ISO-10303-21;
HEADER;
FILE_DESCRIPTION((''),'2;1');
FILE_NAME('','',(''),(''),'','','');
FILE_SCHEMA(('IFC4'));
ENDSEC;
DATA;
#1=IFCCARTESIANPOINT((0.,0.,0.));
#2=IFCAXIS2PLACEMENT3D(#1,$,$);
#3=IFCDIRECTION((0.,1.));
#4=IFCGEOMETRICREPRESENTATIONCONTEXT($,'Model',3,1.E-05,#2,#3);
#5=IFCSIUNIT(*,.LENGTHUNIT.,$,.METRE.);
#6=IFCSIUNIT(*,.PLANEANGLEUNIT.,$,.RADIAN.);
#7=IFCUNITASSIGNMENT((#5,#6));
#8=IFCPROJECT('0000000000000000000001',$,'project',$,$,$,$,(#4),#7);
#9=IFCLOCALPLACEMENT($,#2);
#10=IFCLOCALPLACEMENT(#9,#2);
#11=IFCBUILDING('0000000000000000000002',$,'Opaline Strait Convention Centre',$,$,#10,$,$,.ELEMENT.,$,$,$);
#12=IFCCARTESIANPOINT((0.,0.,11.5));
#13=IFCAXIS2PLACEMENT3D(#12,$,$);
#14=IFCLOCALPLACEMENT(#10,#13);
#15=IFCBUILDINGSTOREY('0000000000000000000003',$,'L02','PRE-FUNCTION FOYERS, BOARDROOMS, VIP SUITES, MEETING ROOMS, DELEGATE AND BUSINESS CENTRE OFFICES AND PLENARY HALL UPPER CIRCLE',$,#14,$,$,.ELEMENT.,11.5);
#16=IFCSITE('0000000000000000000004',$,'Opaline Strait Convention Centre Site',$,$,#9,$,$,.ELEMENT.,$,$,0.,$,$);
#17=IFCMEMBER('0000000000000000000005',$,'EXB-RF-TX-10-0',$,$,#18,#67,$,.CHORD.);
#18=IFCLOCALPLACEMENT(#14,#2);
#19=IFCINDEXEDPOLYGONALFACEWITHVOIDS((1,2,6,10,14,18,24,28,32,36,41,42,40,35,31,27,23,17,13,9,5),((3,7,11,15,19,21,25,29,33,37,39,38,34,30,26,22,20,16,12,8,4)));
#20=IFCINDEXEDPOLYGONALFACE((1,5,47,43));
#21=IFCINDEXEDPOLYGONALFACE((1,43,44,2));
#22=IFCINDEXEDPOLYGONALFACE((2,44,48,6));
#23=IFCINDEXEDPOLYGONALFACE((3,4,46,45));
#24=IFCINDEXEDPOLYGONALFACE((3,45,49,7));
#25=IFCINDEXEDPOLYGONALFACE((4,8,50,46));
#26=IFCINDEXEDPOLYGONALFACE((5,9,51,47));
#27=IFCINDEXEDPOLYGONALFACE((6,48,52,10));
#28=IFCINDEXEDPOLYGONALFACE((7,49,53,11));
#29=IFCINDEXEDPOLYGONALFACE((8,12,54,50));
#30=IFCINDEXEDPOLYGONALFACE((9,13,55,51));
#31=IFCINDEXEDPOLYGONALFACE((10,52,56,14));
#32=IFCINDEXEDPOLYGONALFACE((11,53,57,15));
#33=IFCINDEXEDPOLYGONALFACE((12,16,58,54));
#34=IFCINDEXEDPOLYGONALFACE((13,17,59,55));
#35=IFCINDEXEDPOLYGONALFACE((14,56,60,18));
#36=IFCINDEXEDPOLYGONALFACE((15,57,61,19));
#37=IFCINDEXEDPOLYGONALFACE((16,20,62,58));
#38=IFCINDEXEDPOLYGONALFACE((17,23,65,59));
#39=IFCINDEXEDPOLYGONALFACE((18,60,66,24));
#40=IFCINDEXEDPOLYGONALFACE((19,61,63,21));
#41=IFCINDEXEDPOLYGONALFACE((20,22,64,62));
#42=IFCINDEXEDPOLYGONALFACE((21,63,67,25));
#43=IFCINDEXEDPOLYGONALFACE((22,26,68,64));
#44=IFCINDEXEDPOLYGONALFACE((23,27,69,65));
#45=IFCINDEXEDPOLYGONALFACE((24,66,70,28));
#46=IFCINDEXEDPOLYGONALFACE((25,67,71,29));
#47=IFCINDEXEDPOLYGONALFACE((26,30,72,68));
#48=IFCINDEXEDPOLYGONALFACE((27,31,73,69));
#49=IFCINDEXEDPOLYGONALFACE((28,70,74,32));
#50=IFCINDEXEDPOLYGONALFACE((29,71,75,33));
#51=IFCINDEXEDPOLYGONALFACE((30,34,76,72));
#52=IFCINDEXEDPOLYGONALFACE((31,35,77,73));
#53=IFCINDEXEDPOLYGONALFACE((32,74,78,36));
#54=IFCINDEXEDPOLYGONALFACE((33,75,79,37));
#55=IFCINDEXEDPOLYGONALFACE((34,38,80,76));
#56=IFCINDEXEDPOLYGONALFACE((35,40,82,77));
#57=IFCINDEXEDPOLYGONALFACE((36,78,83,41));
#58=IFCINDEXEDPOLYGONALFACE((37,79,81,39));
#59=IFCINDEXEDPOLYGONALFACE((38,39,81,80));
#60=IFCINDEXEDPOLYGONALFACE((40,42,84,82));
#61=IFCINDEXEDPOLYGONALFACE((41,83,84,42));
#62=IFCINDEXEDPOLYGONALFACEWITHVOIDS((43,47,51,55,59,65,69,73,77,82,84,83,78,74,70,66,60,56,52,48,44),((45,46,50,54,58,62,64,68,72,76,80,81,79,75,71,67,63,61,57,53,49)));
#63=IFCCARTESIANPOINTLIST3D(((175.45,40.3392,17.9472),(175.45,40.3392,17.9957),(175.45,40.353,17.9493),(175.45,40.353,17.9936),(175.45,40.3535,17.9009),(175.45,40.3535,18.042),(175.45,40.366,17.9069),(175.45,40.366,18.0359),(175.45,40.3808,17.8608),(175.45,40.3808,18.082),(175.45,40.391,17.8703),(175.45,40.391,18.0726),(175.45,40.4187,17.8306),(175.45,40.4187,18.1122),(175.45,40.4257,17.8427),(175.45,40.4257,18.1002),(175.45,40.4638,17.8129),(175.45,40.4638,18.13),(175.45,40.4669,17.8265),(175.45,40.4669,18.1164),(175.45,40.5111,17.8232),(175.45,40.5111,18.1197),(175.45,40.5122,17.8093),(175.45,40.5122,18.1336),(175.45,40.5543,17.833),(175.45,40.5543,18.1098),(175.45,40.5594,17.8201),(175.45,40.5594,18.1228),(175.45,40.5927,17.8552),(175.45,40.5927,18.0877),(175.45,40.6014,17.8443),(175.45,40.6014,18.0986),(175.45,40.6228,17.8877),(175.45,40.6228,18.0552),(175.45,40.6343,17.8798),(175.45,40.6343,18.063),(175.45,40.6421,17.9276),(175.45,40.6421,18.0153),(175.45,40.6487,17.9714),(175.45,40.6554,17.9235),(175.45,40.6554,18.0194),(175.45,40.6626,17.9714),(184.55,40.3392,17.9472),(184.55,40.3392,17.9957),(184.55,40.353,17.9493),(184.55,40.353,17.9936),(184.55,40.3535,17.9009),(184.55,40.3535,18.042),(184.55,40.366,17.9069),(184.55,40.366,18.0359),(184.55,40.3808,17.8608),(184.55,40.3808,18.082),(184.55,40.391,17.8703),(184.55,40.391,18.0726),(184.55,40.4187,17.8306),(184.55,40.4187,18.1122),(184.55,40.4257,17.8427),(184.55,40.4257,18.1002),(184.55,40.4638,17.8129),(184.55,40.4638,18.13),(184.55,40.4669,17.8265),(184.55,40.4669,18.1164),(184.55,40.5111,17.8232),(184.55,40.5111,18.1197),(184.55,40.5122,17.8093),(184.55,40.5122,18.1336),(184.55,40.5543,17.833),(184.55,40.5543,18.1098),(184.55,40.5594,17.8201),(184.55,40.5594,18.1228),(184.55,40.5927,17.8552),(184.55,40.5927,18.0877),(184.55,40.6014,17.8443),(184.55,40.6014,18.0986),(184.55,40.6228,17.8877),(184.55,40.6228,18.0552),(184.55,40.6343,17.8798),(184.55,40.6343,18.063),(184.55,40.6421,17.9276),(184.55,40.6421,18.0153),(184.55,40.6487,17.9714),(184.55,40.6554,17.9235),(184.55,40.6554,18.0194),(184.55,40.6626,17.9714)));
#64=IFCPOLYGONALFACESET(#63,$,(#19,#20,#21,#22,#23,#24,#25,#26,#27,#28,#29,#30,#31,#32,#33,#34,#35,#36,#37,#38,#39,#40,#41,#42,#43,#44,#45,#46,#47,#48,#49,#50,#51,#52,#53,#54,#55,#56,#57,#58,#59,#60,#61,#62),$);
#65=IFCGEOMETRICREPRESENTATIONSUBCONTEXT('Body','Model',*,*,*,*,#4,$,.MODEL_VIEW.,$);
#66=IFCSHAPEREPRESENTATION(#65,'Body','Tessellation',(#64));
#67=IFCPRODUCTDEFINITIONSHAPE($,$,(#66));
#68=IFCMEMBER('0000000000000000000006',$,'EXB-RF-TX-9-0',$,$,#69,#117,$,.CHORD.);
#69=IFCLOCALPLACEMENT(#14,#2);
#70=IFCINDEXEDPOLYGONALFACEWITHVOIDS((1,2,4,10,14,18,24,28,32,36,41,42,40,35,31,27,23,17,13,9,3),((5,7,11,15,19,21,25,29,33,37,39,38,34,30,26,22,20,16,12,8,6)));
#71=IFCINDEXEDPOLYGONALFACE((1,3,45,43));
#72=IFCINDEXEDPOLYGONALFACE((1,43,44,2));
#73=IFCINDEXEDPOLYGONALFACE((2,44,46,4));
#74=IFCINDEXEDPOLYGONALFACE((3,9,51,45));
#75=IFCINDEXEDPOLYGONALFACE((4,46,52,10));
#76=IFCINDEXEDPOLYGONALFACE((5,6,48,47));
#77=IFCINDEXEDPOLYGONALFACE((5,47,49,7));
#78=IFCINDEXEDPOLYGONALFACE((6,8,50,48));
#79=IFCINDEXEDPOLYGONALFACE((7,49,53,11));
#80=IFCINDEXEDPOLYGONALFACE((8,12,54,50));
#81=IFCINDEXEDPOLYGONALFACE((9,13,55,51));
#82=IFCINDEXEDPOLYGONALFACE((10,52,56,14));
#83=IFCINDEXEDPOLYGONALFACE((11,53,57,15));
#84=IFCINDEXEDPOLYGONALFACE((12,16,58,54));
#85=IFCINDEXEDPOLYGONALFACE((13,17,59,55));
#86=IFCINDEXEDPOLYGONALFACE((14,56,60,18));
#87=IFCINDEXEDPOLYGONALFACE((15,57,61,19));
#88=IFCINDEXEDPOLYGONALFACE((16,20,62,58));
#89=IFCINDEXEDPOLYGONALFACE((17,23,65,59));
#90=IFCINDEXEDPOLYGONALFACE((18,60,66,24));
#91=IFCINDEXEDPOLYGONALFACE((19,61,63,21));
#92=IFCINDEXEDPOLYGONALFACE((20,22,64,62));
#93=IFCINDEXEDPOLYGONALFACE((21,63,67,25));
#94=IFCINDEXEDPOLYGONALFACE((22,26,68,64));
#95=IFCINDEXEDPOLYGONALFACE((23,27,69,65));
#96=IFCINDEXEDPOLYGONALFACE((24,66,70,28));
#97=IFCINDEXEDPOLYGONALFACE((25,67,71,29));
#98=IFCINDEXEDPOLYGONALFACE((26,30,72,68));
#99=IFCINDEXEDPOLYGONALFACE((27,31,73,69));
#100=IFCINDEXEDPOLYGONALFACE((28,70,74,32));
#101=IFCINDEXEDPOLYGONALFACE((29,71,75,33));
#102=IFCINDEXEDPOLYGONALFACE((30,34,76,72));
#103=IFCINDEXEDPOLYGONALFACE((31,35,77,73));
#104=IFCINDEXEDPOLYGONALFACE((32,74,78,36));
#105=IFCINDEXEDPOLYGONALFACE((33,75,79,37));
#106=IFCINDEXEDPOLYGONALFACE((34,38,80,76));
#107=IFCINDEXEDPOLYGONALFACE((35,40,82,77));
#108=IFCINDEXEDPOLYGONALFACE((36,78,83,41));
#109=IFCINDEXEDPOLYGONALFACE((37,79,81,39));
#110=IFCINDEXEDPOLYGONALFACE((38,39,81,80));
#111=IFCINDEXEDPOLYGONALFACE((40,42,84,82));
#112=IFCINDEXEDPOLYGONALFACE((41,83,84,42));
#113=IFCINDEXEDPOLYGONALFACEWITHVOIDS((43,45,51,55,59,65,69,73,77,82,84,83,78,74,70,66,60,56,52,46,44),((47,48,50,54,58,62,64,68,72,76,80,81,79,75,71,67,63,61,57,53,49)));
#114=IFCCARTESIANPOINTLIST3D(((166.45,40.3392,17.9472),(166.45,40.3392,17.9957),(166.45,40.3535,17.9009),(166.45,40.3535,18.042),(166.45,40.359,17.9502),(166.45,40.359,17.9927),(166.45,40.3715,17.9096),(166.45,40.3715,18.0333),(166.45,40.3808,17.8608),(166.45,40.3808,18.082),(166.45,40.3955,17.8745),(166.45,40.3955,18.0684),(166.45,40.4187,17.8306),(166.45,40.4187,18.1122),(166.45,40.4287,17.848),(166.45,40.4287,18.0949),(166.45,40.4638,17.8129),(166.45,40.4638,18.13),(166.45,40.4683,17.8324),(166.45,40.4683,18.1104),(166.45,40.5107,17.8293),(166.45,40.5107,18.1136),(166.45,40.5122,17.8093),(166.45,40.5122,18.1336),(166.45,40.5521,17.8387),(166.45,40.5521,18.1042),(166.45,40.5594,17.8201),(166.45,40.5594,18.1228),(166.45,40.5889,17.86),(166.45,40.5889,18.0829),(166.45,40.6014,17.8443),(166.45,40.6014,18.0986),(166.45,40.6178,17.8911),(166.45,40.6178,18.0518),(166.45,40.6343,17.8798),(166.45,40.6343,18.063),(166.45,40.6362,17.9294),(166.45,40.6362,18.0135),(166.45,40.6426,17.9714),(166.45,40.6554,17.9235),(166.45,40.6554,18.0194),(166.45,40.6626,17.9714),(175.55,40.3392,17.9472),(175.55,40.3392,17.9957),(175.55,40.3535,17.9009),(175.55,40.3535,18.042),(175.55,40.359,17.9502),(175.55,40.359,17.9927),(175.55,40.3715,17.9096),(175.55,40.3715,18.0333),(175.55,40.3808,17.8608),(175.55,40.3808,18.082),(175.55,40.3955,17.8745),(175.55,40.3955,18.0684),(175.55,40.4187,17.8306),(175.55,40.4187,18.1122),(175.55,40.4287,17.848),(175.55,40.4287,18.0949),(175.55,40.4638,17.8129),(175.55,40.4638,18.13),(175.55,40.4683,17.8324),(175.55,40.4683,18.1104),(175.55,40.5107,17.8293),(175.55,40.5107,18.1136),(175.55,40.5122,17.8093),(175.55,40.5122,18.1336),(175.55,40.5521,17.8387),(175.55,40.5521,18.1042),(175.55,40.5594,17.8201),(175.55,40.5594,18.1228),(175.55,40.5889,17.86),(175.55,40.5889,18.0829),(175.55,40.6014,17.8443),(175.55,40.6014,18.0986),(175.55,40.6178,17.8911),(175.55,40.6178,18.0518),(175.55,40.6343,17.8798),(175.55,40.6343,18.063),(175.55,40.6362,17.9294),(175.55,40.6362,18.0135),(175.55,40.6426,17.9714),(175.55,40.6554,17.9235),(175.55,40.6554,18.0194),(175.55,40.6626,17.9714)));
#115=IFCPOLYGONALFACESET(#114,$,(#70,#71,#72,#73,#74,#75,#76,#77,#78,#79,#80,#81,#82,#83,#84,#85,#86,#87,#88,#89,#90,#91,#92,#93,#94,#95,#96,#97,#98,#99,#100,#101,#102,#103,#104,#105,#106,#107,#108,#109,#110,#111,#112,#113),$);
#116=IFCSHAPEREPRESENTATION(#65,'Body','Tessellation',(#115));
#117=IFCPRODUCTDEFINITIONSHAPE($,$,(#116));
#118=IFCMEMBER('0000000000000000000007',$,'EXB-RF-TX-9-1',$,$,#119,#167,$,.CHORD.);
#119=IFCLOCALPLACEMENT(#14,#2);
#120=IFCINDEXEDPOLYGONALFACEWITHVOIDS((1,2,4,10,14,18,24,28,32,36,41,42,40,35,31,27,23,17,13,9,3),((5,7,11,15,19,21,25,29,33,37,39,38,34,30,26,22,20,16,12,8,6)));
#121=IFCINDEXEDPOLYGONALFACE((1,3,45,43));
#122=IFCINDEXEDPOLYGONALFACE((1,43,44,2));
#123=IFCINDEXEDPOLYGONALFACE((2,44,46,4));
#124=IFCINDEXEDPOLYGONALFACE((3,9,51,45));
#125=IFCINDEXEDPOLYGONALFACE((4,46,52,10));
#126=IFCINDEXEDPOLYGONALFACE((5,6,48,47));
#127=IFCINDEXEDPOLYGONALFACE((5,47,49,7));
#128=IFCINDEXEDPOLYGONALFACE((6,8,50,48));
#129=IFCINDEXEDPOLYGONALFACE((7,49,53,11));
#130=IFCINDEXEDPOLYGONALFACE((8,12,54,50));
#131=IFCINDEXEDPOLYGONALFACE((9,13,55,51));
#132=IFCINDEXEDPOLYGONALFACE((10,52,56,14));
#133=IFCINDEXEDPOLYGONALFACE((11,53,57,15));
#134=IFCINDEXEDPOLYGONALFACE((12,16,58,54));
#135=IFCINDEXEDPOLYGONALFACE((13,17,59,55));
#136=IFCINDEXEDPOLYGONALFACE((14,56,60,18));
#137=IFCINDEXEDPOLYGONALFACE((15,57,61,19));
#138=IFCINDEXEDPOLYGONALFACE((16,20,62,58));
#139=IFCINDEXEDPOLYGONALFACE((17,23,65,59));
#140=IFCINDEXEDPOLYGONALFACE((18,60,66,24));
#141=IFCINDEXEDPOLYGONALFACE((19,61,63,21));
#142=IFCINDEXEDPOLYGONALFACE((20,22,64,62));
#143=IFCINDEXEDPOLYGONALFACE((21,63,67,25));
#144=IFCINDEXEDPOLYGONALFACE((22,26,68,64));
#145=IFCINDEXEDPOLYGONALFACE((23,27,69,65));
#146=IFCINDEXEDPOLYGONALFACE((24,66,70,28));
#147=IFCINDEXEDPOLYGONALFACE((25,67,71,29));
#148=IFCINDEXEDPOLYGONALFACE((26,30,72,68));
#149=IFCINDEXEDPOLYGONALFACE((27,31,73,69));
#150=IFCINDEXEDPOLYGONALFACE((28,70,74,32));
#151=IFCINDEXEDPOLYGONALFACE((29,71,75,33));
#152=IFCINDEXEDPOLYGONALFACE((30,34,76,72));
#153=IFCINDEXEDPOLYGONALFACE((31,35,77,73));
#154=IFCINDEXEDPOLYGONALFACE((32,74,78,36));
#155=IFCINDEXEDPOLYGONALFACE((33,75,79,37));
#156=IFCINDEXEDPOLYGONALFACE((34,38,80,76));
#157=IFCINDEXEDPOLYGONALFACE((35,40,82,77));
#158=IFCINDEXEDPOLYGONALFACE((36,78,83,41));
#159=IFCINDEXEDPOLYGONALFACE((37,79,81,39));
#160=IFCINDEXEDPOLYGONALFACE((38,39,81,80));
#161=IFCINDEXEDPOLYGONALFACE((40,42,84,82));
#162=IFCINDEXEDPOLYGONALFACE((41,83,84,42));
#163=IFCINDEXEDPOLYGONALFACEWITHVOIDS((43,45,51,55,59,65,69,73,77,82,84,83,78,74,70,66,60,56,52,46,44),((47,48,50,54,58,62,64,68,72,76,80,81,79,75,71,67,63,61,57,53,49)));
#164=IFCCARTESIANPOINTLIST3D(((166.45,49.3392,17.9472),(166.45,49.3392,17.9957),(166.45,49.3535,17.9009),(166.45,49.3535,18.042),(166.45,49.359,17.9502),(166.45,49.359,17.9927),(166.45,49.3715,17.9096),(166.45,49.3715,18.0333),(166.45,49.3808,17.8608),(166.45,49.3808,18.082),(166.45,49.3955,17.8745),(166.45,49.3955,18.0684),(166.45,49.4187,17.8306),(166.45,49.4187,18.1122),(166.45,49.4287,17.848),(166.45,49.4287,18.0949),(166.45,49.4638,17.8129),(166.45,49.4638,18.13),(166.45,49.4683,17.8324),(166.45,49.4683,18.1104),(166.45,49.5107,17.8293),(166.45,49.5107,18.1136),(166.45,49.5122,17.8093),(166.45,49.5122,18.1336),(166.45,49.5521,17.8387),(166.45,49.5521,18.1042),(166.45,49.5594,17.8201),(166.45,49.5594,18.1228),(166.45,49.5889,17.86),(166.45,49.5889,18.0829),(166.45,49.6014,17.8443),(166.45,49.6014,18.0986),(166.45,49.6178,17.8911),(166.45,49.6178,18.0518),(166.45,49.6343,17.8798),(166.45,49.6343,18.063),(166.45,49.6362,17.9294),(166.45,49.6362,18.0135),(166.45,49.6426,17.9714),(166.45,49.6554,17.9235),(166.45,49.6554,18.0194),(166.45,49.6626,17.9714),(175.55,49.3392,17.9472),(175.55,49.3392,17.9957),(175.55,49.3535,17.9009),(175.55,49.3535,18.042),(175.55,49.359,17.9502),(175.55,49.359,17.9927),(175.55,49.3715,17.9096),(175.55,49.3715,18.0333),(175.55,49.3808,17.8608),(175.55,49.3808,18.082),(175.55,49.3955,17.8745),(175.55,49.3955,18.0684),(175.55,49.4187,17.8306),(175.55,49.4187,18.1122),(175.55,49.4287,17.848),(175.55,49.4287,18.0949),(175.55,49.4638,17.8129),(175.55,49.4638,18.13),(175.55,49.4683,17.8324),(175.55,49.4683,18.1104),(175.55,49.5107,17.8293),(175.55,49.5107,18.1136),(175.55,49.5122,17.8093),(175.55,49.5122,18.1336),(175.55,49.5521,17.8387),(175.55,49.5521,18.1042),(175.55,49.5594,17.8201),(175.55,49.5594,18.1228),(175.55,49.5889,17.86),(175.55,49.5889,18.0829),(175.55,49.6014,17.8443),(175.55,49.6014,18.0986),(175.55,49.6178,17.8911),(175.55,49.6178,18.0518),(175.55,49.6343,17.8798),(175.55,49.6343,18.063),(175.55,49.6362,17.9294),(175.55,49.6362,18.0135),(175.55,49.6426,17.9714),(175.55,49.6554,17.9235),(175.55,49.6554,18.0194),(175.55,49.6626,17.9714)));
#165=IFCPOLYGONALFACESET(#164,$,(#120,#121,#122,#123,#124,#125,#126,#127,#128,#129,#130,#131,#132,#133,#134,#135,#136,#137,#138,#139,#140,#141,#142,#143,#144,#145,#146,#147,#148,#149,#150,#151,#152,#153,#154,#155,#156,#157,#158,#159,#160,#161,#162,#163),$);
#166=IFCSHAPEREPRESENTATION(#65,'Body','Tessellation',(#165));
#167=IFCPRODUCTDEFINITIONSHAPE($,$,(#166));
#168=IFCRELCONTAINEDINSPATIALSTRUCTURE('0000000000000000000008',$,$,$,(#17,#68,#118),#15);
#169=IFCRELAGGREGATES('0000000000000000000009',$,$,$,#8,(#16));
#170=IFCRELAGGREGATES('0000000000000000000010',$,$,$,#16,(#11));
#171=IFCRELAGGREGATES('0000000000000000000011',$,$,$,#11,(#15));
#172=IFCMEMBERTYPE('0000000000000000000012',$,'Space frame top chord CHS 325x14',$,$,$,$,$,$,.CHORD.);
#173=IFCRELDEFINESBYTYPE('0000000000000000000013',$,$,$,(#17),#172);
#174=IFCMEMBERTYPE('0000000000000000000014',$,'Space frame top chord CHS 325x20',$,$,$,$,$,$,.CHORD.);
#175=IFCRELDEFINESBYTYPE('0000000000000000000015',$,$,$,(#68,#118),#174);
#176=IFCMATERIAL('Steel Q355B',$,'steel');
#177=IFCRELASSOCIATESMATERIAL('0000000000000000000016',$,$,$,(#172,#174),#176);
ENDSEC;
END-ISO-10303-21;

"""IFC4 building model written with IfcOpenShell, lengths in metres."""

from ifc_helpers import new_model, si_unit, direction, frame, origin, origin_2d, place, context, subcontext, project, spatial, hollow_circle, extrude, material, material_profile, profile_set, type_object, element, save


model = new_model("IFC4")

# Units and contexts
model_context = context("Model", 3, precision=1e-05, world=origin(), true_north=direction((0.0, 1.0)))
body_context = subcontext(model_context, "Body", "Model", "MODEL_VIEW")
ifc_project = project(units=[si_unit("LENGTHUNIT", "METRE"), si_unit("PLANEANGLEUNIT", "RADIAN")], contexts=[model_context])

# Site, building, storey
site_placement = place(None, origin())
site = spatial("IfcSite", under=ifc_project, at=site_placement, Name="Opaline Strait Convention Centre Site", CompositionType="ELEMENT", RefElevation=0.0)
building_placement = place(site_placement, origin())
building = spatial("IfcBuilding", under=site, at=building_placement, Name="Opaline Strait Convention Centre", CompositionType="ELEMENT")
storey_placement = place(building_placement, frame((0.0, 0.0, 11.5)))
storey = spatial("IfcBuildingStorey", under=building, at=storey_placement, Name="L02", Description="PRE-FUNCTION FOYERS, BOARDROOMS, VIP SUITES, MEETING ROOMS, DELEGATE AND BUSINESS CENTRE OFFICES AND PLENARY HALL UPPER CIRCLE", CompositionType="ELEMENT", Elevation=11.5)

# Members
ifc_material_1 = material(Name="Steel Q355B", Category="steel")
ifc_material_profile_1 = material_profile(ifc_material_1, hollow_circle(Radius=0.1626, WallThickness=0.0139, at=origin_2d()), Name="CHS 325x14")
ifc_profile_set_1 = profile_set([ifc_material_profile_1], Name="Steel Q355B")
member_type_1 = type_object("IfcMemberType", Name="Space frame top chord CHS 325x14", PredefinedType="CHORD", material=ifc_profile_set_1)
member_placement = place(storey_placement, frame((175.45, 40.5, 17.9714), z_axis=(1.0, 0.0, 0.0), x_axis=(0.0, 1.0, 0.0)))
element("IfcMember", 1, at=member_placement, inside=storey, type_object=member_type_1, Name="EXB-RF-TX-10-0", PredefinedType="CHORD", context=body_context, shape_type="SweptSolid", body=[
    extrude(hollow_circle(Radius=0.1626, WallThickness=0.0139, at=origin_2d()), origin(), (0.0, 0.0, 1.0), 9.1001),
])
ifc_material_profile_2 = material_profile(ifc_material_1, hollow_circle(Radius=0.1626, WallThickness=0.02, at=origin_2d()), Name="CHS 325x20")
ifc_profile_set_2 = profile_set([ifc_material_profile_2], Name="Steel Q355B")
member_type_2 = type_object("IfcMemberType", Name="Space frame top chord CHS 325x20", PredefinedType="CHORD", material=ifc_profile_set_2)
for number, where, z_axis, x_axis, name in (
    (2, (166.45, 40.5, 17.9714), (1.0, 0.0, 0.0), (0.0, 1.0, 0.0), "EXB-RF-TX-9-0"),
    (3, (166.45, 49.5, 17.9714), (1.0, 0.0, 0.0), (0.0, 1.0, 0.0), "EXB-RF-TX-9-1"),
):
    element("IfcMember", number, at=place(storey_placement, frame(where, z_axis=z_axis, x_axis=x_axis)), inside=storey, type_object=member_type_2, Name=name, PredefinedType="CHORD", context=body_context, shape_type="SweptSolid", body=[
        extrude(hollow_circle(Radius=0.1626, WallThickness=0.02, at=origin_2d()), origin(), (0.0, 0.0, 1.0), 9.1001),
    ])

save(model, "model.ifc")
